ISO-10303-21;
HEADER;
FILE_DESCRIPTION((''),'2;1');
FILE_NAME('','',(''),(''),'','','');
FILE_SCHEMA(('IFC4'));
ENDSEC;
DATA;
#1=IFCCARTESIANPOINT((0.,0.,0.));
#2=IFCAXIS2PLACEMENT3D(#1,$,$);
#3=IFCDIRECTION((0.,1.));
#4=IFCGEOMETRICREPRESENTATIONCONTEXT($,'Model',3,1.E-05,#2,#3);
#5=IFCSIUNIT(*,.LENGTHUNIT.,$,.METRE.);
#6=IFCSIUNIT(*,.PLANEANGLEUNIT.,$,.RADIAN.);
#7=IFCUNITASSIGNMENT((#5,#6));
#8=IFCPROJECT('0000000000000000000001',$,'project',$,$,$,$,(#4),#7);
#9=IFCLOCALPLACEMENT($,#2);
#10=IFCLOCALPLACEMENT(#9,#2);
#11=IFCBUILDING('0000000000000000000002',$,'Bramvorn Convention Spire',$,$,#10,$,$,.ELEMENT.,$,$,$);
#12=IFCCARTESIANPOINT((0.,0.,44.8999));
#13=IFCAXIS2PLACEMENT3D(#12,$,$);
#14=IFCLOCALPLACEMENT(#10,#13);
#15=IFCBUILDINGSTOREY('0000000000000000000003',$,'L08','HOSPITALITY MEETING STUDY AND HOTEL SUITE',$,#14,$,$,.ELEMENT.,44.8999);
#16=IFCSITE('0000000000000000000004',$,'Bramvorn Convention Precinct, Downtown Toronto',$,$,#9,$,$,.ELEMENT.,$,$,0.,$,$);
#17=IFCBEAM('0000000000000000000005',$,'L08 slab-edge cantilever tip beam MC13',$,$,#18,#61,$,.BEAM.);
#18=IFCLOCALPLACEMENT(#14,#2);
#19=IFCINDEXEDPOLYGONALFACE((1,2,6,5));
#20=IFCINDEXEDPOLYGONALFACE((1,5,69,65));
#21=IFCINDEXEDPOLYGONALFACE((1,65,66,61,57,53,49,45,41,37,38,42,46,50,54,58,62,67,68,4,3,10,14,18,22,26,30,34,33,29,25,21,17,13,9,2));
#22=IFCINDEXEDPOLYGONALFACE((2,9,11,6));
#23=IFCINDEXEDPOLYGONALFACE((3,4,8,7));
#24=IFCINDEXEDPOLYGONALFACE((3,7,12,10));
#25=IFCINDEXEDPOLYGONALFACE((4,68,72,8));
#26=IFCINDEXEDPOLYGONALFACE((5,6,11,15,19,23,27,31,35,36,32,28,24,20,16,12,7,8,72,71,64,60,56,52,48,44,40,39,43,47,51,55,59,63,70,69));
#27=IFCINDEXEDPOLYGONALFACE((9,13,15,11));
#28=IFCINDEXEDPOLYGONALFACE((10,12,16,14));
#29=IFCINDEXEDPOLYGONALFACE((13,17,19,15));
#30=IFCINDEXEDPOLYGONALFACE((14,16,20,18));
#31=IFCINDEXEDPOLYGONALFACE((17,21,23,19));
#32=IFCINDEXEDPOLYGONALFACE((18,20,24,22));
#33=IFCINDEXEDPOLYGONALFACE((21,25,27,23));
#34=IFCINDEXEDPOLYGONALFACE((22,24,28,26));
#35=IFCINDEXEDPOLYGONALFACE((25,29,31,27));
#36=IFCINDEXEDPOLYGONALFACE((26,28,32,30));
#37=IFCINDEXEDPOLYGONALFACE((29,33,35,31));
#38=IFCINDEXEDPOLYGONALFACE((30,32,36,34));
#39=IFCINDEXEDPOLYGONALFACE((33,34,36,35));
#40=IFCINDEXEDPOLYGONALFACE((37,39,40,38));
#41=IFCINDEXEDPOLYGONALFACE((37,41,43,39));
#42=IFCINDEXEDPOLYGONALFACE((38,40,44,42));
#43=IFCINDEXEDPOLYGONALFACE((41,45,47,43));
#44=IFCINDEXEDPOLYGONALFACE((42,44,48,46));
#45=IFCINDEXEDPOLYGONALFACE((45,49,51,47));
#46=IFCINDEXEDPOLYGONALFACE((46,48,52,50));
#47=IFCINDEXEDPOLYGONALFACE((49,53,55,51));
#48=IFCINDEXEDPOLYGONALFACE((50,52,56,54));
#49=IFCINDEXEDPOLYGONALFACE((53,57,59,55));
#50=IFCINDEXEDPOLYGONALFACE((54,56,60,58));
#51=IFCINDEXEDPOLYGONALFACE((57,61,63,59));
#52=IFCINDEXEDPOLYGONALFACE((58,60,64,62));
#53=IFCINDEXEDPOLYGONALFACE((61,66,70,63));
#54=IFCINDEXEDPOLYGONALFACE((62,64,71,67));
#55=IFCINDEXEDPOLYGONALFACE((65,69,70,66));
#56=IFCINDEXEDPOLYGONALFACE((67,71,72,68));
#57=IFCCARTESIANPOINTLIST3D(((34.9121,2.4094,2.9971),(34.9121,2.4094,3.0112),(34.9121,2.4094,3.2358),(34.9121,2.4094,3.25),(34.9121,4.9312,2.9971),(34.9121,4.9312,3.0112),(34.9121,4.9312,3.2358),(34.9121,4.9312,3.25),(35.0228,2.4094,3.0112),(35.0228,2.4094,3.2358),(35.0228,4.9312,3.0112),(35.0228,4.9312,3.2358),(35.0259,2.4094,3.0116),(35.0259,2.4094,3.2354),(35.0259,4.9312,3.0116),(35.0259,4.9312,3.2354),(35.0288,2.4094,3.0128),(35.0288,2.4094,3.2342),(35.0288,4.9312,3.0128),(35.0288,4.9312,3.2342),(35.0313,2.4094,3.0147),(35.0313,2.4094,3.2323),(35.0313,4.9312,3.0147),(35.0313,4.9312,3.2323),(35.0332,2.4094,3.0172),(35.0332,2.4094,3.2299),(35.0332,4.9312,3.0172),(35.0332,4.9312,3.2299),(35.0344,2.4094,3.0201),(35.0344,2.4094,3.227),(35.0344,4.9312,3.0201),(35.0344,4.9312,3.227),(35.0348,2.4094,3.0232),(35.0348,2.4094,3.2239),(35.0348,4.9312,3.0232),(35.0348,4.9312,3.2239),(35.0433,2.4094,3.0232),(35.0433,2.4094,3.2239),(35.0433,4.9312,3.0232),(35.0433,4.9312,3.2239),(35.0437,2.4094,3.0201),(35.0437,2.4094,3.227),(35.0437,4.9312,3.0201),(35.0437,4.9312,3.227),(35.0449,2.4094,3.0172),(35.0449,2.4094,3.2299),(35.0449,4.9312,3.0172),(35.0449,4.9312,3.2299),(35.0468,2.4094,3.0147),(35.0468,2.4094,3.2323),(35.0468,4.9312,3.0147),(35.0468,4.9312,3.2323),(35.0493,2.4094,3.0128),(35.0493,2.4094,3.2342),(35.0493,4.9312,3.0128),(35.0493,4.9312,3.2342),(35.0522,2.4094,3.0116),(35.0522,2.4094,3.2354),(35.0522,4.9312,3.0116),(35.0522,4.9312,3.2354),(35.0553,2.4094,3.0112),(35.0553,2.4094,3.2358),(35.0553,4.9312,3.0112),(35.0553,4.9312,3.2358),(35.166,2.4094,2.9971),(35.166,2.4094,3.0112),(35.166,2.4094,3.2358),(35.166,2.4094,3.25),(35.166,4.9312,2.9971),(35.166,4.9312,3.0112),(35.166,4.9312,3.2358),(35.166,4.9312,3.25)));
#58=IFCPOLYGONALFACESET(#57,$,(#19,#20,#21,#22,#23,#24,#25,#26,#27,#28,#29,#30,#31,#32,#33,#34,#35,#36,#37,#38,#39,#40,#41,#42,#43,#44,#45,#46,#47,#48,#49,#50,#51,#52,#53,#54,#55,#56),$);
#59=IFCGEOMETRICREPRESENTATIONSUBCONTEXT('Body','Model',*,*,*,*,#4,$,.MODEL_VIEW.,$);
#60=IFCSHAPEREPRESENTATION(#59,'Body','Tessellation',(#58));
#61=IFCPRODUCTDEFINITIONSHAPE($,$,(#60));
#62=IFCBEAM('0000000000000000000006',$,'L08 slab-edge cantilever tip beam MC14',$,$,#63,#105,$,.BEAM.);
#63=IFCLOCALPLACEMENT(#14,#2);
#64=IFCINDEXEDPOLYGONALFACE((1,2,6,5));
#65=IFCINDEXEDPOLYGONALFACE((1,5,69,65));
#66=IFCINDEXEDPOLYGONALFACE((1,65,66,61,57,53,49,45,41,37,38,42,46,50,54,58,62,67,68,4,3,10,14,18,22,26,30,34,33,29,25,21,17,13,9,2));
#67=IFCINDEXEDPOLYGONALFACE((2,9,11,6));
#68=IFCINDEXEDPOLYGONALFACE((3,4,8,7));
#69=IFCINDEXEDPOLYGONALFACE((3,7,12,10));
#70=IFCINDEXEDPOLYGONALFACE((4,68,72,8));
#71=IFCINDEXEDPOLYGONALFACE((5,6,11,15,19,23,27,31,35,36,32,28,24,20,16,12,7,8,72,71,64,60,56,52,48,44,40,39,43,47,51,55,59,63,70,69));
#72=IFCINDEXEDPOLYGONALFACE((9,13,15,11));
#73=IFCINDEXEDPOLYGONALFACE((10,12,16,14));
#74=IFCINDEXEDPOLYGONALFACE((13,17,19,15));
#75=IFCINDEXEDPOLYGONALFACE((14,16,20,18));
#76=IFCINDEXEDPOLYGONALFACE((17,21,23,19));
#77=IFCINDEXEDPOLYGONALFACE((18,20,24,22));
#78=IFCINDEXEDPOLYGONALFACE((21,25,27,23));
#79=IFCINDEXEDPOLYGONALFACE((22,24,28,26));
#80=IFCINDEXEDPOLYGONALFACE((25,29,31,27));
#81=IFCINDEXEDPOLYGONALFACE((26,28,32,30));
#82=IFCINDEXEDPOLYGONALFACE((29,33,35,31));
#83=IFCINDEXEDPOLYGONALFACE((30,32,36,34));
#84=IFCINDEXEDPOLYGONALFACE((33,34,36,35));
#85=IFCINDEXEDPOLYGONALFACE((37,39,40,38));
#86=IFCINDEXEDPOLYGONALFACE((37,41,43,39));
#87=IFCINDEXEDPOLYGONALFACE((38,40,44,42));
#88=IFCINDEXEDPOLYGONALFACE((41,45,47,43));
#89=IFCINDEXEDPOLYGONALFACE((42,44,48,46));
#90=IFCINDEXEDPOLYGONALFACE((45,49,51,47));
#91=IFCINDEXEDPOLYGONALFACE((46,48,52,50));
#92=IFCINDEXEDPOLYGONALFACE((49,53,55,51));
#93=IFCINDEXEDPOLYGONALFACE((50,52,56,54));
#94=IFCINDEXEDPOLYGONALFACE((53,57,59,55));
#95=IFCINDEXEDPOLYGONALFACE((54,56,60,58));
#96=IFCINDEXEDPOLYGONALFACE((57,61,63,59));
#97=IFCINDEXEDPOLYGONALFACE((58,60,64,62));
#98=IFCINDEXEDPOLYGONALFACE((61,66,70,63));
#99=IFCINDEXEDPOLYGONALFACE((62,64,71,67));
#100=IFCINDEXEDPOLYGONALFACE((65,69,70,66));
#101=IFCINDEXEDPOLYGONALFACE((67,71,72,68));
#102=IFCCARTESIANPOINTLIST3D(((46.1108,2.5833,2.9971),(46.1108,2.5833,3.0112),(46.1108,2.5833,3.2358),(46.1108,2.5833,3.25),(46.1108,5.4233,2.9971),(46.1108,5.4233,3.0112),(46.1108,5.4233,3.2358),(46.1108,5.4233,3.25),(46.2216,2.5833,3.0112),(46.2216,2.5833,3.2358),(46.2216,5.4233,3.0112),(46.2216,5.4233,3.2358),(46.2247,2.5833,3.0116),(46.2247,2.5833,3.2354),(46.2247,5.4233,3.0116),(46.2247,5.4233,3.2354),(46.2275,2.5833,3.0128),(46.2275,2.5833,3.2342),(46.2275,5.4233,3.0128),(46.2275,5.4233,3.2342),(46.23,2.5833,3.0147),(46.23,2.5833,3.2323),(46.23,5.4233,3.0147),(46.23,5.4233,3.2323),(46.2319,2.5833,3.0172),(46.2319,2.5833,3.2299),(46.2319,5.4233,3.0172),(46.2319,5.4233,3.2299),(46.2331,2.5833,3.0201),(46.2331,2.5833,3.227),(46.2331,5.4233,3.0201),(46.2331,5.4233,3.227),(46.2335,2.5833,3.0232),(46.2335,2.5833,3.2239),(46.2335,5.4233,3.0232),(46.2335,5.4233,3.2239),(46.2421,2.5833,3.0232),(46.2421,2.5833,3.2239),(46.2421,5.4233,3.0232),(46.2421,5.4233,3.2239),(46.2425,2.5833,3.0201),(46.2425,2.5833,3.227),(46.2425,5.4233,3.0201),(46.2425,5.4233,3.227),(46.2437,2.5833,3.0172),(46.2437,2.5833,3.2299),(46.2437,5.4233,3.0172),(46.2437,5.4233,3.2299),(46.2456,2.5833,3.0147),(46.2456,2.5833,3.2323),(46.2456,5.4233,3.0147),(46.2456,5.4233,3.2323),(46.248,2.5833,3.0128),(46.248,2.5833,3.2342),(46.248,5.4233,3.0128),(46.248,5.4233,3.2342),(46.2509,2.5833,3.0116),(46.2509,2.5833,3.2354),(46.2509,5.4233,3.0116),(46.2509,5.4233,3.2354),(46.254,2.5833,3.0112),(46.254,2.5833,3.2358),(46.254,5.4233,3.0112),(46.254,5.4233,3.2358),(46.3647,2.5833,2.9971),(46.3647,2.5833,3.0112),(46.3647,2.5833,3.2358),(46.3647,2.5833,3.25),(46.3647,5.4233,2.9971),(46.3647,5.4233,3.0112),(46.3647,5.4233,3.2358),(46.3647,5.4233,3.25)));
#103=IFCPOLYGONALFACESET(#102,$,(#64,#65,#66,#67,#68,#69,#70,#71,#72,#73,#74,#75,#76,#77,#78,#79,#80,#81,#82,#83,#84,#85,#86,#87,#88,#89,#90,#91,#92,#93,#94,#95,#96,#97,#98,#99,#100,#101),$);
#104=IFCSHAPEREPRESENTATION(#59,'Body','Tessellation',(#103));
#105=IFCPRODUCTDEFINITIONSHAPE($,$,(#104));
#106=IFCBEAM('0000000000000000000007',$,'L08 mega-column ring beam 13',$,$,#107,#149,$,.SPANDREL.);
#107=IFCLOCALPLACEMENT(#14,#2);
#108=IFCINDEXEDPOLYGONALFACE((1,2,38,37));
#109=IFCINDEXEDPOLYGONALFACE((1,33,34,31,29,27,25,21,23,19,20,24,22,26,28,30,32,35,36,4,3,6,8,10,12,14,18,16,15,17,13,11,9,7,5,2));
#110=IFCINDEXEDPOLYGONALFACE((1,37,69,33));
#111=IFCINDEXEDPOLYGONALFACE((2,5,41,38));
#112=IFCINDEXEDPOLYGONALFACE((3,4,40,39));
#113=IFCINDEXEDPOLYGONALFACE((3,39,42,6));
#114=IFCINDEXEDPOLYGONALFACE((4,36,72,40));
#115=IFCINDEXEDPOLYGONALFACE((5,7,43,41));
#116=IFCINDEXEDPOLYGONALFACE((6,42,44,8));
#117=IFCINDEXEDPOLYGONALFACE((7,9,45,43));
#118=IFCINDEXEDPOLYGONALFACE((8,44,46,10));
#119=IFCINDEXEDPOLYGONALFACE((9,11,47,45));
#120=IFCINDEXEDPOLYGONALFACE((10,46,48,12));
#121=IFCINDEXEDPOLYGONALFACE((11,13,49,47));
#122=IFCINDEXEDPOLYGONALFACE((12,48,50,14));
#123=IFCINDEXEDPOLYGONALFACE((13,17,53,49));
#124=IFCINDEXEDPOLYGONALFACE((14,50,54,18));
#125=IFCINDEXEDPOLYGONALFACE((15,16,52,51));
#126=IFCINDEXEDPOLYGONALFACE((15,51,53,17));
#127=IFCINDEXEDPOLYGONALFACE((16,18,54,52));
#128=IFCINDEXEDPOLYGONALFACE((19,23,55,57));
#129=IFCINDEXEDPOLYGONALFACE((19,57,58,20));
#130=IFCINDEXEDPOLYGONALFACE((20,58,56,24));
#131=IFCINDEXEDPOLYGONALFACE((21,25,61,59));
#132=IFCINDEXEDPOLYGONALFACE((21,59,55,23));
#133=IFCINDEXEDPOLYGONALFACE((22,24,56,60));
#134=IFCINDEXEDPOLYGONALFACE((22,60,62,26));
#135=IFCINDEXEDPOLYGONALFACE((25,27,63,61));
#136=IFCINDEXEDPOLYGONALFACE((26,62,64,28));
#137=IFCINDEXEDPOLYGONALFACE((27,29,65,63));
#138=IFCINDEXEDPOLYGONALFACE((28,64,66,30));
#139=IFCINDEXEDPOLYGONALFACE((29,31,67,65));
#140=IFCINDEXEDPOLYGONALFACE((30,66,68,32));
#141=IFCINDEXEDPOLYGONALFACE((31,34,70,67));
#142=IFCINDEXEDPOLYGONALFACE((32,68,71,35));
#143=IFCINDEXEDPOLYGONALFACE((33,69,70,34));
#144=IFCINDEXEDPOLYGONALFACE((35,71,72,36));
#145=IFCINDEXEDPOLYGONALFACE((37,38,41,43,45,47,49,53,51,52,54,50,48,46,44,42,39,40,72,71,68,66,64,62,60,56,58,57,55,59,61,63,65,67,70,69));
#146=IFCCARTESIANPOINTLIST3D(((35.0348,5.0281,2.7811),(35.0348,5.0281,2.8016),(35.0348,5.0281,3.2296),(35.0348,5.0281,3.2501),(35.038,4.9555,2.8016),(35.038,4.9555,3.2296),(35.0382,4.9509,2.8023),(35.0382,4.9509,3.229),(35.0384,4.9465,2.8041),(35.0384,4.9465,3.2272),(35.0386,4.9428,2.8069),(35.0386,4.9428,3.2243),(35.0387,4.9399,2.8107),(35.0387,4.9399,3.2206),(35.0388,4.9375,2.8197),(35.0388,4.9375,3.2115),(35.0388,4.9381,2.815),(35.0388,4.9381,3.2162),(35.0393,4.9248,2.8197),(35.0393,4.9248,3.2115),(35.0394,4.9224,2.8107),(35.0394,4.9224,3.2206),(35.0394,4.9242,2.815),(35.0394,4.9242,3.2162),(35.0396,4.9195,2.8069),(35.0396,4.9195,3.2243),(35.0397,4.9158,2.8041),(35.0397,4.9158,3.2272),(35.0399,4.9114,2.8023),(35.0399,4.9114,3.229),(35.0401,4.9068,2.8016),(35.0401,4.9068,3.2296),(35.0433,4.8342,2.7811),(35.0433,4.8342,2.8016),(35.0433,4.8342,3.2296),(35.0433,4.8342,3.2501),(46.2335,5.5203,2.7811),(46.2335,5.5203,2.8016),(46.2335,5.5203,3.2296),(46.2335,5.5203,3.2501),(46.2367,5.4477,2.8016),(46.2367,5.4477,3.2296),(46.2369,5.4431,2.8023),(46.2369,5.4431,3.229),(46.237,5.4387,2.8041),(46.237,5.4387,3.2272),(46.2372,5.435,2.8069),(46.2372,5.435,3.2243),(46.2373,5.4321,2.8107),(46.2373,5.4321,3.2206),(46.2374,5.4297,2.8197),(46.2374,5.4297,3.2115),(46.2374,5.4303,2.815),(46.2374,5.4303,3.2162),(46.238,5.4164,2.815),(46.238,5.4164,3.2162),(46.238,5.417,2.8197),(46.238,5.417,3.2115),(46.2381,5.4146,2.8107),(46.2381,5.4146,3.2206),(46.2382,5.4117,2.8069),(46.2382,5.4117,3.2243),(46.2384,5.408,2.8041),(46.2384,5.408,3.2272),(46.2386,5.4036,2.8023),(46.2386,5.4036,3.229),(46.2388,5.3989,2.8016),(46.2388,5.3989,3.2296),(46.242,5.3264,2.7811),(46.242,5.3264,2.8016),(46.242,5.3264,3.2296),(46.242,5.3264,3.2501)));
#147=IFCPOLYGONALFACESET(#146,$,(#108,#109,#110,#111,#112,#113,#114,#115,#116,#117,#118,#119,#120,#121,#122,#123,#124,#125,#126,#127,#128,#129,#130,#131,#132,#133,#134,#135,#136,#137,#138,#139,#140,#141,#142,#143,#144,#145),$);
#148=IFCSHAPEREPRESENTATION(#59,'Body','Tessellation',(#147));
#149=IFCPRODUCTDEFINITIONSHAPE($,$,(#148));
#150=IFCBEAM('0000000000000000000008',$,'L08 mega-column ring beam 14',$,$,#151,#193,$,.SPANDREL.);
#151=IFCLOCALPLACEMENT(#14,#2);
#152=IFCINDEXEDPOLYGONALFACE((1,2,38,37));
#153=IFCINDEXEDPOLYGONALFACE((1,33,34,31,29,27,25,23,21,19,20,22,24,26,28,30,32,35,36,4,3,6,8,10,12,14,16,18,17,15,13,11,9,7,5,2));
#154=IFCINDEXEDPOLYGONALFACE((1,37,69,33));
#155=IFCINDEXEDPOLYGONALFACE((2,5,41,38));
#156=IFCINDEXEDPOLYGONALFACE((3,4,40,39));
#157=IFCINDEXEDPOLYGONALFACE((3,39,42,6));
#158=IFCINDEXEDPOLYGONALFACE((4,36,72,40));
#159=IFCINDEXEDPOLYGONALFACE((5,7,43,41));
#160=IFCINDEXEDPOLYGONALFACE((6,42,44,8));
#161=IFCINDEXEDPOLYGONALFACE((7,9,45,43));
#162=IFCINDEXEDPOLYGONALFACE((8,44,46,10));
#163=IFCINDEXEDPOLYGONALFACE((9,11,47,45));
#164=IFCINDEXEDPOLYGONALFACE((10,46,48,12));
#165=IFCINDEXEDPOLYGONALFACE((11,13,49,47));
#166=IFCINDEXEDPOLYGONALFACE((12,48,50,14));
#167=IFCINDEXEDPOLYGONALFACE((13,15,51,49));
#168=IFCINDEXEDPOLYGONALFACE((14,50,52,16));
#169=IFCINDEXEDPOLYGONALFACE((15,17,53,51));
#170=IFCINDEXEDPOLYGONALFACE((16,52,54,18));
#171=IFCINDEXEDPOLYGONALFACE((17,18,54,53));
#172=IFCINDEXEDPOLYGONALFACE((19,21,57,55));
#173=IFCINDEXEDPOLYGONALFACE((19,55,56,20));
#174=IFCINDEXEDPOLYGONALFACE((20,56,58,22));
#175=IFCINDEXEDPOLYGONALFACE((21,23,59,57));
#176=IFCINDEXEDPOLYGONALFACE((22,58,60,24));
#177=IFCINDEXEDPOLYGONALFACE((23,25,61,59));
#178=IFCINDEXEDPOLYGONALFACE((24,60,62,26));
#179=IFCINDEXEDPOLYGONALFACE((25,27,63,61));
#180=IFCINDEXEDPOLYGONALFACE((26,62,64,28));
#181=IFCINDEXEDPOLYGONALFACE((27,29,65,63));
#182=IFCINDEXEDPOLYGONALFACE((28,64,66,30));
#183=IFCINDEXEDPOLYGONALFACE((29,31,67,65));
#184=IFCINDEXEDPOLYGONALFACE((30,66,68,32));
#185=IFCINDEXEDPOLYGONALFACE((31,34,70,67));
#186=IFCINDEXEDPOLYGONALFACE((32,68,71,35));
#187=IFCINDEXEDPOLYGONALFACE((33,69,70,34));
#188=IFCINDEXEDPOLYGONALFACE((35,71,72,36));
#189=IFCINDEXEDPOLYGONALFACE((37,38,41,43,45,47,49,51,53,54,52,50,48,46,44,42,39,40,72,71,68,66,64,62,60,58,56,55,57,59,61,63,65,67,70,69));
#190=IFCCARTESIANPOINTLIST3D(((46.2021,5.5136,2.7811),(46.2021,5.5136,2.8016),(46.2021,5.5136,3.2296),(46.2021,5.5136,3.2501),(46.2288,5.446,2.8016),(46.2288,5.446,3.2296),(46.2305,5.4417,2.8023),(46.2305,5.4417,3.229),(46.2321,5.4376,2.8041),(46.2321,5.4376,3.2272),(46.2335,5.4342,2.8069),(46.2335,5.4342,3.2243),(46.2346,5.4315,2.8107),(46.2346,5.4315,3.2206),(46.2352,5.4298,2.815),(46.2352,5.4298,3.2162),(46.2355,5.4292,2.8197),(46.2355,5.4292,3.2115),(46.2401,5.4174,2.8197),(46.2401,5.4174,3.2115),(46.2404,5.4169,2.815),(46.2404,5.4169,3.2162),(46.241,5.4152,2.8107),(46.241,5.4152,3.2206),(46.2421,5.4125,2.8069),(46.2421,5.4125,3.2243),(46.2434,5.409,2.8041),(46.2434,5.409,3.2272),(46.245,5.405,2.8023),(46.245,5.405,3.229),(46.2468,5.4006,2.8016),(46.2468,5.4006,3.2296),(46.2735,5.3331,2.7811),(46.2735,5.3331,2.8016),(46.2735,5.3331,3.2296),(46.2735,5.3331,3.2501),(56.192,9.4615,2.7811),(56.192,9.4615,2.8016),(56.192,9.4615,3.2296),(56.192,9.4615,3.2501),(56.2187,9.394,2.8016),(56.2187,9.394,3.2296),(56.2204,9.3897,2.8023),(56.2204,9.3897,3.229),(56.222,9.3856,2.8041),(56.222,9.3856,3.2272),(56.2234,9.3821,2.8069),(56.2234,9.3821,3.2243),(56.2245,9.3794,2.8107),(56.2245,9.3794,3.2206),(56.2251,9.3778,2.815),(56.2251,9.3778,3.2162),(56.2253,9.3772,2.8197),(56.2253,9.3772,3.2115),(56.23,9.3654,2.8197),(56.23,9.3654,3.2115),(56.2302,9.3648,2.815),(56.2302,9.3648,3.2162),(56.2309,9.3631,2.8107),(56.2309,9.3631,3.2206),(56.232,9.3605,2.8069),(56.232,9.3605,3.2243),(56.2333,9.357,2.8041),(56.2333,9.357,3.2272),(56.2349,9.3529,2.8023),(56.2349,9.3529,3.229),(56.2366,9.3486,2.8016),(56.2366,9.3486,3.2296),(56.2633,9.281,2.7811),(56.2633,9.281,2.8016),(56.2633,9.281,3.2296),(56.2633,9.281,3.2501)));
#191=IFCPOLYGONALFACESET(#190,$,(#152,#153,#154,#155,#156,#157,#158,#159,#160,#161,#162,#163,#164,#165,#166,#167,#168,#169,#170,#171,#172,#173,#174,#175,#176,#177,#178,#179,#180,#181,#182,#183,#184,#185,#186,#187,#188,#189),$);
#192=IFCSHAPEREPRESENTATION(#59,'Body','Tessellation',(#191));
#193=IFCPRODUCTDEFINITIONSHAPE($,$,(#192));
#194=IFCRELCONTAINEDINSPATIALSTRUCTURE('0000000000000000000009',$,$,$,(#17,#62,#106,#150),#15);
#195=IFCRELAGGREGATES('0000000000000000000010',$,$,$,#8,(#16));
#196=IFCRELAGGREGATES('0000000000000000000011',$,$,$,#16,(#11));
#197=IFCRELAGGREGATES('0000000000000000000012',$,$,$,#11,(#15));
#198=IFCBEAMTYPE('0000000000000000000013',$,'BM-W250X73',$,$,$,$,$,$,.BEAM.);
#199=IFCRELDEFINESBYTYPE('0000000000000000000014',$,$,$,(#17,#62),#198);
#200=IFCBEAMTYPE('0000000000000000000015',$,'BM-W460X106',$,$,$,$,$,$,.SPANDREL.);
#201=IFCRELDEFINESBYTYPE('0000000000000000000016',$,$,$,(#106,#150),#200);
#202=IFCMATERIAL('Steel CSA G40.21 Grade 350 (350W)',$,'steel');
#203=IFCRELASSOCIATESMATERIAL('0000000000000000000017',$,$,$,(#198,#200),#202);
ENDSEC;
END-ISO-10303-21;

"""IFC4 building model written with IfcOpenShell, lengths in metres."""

from ifc_helpers import new_model, si_unit, direction, frame, origin, origin_2d, place, context, subcontext, project, spatial, i_section, extrude, material, material_profile, profile_set, type_object, element, save


model = new_model("IFC4")

# Units and contexts
model_context = context("Model", 3, precision=1e-05, world=origin(), true_north=direction((0.0, 1.0)))
body_context = subcontext(model_context, "Body", "Model", "MODEL_VIEW")
ifc_project = project(units=[si_unit("LENGTHUNIT", "METRE"), si_unit("PLANEANGLEUNIT", "RADIAN")], contexts=[model_context])

# Site, building, storey
site_placement = place(None, origin())
site = spatial("IfcSite", under=ifc_project, at=site_placement, Name="Bramvorn Convention Precinct, Downtown Toronto", CompositionType="ELEMENT", RefElevation=0.0)
building_placement = place(site_placement, origin())
building = spatial("IfcBuilding", under=site, at=building_placement, Name="Bramvorn Convention Spire", CompositionType="ELEMENT")
storey_placement = place(building_placement, frame((0.0, 0.0, 44.8999)))
storey = spatial("IfcBuildingStorey", under=building, at=storey_placement, Name="L08", Description="HOSPITALITY MEETING STUDY AND HOTEL SUITE", CompositionType="ELEMENT", Elevation=44.8999)

# Shared definitions
ifc_material_1 = material(Name="Steel CSA G40.21 Grade 350 (350W)", Category="steel")

# Beams
ifc_material_profile_1 = material_profile(ifc_material_1, i_section(OverallWidth=0.2539, OverallDepth=0.2529, WebThickness=0.0085, FlangeThickness=0.0142, FilletRadius=0.012, at=origin_2d()))
ifc_profile_set_1 = profile_set([ifc_material_profile_1], Name="Steel CSA G40.21 Grade 350 (350W) - W250X73")
beam_type_1 = type_object("IfcBeamType", Name="BM-W250X73", PredefinedType="BEAM", material=ifc_profile_set_1)
beam_1_placement = place(storey_placement, frame((35.0391, 4.9312, 3.1235), z_axis=(0.0, -1.0, 0.0), x_axis=(1.0, 0.0, 0.0)))
element("IfcBeam", 1, at=beam_1_placement, inside=storey, type_object=beam_type_1, Name="L08 slab-edge cantilever tip beam MC13", PredefinedType="BEAM", context=body_context, shape_type="SweptSolid", body=[
    extrude(i_section(OverallWidth=0.2539, OverallDepth=0.2529, WebThickness=0.0085, FlangeThickness=0.0142, FilletRadius=0.012, at=origin_2d()), origin(), (0.0, 0.0, 1.0), 2.5217),
])
beam_2_placement = place(storey_placement, frame((46.2378, 5.4233, 3.1235), z_axis=(0.0, -1.0, 0.0), x_axis=(1.0, 0.0, 0.0)))
element("IfcBeam", 2, at=beam_2_placement, inside=storey, type_object=beam_type_1, Name="L08 slab-edge cantilever tip beam MC14", PredefinedType="BEAM", context=body_context, shape_type="SweptSolid", body=[
    extrude(i_section(OverallWidth=0.2539, OverallDepth=0.2529, WebThickness=0.0085, FlangeThickness=0.0142, FilletRadius=0.012, at=origin_2d()), origin(), (0.0, 0.0, 1.0), 2.8401),
])
ifc_material_profile_2 = material_profile(ifc_material_1, i_section(OverallWidth=0.1941, OverallDepth=0.469, WebThickness=0.0127, FlangeThickness=0.0205, FilletRadius=0.0181, at=origin_2d()))
ifc_profile_set_2 = profile_set([ifc_material_profile_2], Name="Steel CSA G40.21 Grade 350 (350W) - W460X106")
beam_type_2 = type_object("IfcBeamType", Name="BM-W460X106", PredefinedType="SPANDREL", material=ifc_profile_set_2)
beam_3_placement = place(storey_placement, frame((35.0391, 4.9312, 3.0156), z_axis=(0.999036, 0.043908, 0.0), x_axis=(-0.043908, 0.999036, 0.0)))
element("IfcBeam", 3, at=beam_3_placement, inside=storey, type_object=beam_type_2, Name="L08 mega-column ring beam 13", PredefinedType="SPANDREL", context=body_context, shape_type="SweptSolid", body=[
    extrude(i_section(OverallWidth=0.1941, OverallDepth=0.469, WebThickness=0.0127, FlangeThickness=0.0205, FilletRadius=0.0181, at=origin_2d()), origin(), (0.0, 0.0, 1.0), 11.2095),
])
beam_4_placement = place(storey_placement, frame((46.2378, 5.4233, 3.0156), z_axis=(0.93001, 0.367535, 0.0), x_axis=(-0.367535, 0.93001, 0.0)))
element("IfcBeam", 4, at=beam_4_placement, inside=storey, type_object=beam_type_2, Name="L08 mega-column ring beam 14", PredefinedType="SPANDREL", context=body_context, shape_type="SweptSolid", body=[
    extrude(i_section(OverallWidth=0.1941, OverallDepth=0.469, WebThickness=0.0127, FlangeThickness=0.0205, FilletRadius=0.0181, at=origin_2d()), origin(), (0.0, 0.0, 1.0), 10.7417),
])

save(model, "model.ifc")
